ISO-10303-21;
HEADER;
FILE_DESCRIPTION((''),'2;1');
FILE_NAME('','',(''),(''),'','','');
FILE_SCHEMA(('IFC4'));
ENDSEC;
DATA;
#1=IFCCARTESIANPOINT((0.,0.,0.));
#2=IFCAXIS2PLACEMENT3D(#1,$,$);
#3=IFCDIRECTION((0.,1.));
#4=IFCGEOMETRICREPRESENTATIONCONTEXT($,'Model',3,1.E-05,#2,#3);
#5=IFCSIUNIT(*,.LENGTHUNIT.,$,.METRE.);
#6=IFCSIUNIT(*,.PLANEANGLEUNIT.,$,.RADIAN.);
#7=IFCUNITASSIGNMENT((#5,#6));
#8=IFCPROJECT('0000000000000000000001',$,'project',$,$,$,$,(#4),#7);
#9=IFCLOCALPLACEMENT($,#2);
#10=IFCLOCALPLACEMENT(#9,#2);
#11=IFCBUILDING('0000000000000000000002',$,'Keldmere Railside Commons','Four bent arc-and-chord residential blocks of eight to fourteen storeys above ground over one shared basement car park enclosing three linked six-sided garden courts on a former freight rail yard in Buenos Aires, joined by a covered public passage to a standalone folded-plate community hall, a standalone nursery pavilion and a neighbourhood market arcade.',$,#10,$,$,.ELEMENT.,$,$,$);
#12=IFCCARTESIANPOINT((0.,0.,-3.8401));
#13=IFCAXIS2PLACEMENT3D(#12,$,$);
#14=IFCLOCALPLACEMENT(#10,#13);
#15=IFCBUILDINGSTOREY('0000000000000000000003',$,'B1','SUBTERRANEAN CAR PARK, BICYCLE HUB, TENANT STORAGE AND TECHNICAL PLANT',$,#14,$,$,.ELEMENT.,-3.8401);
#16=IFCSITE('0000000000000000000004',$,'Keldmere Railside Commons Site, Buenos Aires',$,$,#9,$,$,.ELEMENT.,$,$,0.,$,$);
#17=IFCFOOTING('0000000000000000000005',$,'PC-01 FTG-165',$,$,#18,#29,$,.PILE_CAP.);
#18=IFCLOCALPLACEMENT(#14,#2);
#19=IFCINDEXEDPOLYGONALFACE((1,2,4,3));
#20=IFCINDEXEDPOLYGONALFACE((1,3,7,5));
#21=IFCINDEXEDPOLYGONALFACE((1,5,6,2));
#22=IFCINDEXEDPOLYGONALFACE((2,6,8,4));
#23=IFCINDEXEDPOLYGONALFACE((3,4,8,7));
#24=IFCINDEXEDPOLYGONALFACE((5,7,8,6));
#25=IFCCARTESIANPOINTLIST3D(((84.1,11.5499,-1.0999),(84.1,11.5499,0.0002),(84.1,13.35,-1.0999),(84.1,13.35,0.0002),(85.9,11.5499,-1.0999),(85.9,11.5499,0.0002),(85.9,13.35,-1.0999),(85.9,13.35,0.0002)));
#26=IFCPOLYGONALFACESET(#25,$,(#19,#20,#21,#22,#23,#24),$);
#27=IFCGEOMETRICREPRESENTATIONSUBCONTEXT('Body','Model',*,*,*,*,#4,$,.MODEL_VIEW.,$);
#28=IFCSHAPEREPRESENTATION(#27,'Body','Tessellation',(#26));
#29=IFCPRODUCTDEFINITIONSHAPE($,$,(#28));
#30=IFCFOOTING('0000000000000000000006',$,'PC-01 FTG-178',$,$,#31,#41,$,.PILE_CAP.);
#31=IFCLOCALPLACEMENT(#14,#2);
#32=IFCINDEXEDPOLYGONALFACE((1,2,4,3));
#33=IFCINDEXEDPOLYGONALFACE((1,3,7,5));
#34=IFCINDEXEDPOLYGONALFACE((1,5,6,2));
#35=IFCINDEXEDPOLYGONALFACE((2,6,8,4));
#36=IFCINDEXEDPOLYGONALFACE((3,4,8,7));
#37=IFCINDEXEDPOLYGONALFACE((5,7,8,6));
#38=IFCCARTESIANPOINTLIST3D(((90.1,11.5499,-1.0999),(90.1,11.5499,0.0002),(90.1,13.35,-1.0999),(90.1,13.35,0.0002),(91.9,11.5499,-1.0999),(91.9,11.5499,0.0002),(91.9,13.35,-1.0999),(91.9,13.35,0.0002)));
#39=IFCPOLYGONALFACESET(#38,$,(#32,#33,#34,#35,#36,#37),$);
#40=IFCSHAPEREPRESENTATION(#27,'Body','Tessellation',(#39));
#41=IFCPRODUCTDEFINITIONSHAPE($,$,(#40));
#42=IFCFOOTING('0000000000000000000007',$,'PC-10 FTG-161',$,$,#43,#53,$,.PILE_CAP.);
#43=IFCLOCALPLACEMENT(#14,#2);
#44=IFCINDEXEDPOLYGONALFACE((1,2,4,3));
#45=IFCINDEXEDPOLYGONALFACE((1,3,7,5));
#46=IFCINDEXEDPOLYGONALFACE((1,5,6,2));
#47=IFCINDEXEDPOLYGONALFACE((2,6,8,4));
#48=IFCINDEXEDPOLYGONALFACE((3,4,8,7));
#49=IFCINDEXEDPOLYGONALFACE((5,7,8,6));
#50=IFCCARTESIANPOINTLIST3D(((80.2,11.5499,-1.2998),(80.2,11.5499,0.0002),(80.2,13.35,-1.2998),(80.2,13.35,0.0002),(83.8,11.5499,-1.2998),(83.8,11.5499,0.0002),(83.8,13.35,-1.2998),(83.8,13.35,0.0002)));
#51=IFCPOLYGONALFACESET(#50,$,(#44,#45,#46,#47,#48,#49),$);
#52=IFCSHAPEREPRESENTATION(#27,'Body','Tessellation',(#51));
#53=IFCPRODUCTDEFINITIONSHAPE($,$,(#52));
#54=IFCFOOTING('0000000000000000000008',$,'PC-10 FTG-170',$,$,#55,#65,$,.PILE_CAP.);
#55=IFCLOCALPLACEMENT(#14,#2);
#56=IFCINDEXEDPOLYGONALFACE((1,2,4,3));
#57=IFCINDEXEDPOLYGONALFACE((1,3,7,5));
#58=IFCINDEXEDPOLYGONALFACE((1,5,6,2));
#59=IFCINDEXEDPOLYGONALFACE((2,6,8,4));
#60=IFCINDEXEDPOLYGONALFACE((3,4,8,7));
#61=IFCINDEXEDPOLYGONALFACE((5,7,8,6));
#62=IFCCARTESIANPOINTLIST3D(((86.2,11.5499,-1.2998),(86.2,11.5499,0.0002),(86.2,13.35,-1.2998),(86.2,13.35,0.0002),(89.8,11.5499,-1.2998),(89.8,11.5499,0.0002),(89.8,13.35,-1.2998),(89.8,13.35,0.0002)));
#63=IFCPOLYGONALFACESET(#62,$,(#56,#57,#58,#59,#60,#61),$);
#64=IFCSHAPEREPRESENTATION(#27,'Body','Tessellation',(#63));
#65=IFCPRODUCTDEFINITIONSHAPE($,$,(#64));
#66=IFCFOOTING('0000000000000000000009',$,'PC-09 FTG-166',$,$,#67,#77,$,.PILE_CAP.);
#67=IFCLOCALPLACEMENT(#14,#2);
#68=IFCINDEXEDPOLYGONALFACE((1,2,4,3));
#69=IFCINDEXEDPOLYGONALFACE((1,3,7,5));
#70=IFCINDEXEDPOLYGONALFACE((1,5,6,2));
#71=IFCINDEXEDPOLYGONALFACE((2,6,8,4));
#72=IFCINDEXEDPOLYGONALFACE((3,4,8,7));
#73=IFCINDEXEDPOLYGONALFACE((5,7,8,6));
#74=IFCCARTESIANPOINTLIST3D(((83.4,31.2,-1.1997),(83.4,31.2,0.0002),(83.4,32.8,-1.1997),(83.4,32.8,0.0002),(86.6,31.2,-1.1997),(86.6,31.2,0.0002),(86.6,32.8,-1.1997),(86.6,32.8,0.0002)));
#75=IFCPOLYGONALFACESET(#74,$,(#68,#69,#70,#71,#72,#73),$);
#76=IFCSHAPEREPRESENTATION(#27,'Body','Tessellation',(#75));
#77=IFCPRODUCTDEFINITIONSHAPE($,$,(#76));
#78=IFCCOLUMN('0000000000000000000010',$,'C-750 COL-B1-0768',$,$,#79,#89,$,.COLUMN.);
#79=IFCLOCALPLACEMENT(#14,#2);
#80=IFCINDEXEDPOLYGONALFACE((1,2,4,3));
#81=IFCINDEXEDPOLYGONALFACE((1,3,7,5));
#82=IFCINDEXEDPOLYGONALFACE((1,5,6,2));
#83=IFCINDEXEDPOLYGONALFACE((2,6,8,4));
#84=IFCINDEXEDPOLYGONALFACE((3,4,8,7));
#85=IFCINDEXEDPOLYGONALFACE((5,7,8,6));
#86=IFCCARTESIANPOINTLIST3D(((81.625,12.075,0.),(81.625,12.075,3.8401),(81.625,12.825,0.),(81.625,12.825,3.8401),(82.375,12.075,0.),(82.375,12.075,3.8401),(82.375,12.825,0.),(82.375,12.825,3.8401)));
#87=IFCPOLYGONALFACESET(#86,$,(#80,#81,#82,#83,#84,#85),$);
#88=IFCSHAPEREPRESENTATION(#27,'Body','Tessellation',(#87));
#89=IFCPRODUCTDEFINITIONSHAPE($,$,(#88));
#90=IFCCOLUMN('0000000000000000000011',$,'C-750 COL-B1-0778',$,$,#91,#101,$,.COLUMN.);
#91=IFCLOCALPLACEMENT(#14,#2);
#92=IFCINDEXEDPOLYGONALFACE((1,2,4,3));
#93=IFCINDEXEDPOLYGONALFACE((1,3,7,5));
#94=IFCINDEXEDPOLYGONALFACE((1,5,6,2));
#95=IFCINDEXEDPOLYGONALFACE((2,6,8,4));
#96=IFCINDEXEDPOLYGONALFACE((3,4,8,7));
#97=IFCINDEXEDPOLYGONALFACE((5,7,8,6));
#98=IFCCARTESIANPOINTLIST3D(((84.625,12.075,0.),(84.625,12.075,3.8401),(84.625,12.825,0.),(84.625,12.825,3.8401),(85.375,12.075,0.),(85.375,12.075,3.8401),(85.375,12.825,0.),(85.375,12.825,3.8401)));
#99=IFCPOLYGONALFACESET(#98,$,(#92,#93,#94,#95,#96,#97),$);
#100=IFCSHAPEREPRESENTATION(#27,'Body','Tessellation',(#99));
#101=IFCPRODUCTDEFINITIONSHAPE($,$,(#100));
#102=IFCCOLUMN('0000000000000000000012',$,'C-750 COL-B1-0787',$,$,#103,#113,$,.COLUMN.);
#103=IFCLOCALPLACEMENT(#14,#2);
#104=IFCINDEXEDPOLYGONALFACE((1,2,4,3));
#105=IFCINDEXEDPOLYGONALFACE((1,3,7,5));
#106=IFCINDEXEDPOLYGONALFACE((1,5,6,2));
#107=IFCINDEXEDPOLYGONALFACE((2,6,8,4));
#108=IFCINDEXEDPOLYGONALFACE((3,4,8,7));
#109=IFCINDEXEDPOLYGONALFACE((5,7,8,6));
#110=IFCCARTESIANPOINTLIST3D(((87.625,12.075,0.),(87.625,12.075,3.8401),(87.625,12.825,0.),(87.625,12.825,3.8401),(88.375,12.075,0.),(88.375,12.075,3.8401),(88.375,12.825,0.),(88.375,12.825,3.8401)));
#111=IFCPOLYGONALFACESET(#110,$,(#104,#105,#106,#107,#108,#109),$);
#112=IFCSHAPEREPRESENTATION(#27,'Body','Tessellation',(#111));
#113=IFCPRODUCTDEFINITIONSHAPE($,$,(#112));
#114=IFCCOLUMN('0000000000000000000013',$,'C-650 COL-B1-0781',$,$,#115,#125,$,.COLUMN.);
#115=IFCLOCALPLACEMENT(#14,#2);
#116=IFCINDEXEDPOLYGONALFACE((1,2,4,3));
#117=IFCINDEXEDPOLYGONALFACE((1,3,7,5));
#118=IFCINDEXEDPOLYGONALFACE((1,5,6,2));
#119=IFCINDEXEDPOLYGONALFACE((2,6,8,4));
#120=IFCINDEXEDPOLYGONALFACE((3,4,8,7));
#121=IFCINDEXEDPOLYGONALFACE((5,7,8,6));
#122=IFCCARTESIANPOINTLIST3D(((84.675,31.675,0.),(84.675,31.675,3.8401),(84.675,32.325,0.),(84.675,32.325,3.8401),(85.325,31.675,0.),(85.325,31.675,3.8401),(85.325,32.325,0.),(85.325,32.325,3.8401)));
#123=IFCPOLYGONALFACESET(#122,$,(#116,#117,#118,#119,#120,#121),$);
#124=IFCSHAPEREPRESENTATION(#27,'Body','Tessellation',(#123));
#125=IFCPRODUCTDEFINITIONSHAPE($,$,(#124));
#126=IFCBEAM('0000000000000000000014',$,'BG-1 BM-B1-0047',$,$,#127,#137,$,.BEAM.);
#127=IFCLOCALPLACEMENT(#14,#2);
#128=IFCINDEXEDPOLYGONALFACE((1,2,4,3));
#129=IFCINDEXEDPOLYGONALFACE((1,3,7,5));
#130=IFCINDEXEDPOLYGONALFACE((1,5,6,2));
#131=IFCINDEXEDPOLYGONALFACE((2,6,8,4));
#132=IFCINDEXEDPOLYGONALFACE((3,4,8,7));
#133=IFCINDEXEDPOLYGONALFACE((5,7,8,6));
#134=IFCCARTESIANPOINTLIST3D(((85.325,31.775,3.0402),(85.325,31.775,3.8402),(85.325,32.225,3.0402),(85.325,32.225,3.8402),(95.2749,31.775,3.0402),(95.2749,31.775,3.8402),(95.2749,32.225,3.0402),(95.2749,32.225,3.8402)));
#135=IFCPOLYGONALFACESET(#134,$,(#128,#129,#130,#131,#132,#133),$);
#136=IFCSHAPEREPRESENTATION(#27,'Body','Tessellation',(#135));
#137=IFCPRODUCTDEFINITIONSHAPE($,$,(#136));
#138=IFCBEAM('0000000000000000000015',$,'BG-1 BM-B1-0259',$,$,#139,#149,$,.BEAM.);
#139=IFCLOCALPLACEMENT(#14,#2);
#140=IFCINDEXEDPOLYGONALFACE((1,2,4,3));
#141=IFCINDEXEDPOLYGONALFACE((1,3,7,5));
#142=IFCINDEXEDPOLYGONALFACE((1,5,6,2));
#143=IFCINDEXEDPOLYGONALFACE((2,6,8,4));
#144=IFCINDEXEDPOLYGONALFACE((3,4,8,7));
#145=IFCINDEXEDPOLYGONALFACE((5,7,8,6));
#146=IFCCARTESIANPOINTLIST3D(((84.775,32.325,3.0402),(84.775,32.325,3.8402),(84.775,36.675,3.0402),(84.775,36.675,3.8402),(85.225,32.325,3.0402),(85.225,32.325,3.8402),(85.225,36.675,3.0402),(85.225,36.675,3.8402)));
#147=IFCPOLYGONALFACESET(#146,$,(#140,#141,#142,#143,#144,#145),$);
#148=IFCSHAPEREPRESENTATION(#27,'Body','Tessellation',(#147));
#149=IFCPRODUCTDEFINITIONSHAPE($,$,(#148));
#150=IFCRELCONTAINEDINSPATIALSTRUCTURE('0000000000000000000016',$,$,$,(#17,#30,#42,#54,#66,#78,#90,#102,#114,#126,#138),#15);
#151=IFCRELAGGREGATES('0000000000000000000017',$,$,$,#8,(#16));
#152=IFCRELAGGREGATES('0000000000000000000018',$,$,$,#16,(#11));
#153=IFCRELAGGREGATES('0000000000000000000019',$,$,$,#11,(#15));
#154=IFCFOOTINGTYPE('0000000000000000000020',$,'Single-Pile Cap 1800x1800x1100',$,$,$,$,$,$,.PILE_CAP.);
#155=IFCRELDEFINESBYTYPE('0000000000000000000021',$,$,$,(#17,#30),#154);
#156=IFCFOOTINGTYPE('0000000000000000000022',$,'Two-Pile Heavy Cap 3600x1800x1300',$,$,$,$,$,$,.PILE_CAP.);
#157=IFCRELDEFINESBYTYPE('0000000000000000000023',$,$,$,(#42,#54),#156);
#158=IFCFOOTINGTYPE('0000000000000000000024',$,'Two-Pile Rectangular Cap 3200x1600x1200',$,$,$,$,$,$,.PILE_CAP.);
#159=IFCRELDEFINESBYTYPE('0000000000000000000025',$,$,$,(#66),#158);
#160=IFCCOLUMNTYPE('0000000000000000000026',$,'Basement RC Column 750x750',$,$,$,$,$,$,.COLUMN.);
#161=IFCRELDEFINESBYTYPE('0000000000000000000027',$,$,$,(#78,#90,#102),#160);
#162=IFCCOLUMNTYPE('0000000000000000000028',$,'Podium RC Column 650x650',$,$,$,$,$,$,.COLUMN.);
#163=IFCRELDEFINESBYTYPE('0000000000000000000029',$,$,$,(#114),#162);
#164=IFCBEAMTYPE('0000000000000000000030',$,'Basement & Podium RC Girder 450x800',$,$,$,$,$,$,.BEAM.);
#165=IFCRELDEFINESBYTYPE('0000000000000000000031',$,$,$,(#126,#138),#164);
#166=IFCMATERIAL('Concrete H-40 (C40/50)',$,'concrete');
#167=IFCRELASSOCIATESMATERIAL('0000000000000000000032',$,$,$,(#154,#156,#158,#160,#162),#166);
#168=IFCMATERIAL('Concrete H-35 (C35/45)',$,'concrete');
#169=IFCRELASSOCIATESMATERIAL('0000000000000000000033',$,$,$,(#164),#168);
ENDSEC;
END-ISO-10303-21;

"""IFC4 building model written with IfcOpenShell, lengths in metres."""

from ifc_helpers import new_model, si_unit, direction, frame, origin, origin_2d, place, context, subcontext, project, spatial, rectangle, extrude, material, material_profile, profile_set, type_object, element, save


model = new_model("IFC4")

# Units and contexts
model_context = context("Model", 3, precision=1e-05, world=origin(), true_north=direction((0.0, 1.0)))
body_context = subcontext(model_context, "Body", "Model", "MODEL_VIEW")
ifc_project = project(units=[si_unit("LENGTHUNIT", "METRE"), si_unit("PLANEANGLEUNIT", "RADIAN")], contexts=[model_context])

# Site, building, storey
site_placement = place(None, origin())
site = spatial("IfcSite", under=ifc_project, at=site_placement, Name="Keldmere Railside Commons Site, Buenos Aires", CompositionType="ELEMENT", RefElevation=0.0)
building_placement = place(site_placement, origin())
building = spatial("IfcBuilding", under=site, at=building_placement, Name="Keldmere Railside Commons", Description="Four bent arc-and-chord residential blocks of eight to fourteen storeys above ground over one shared basement car park enclosing three linked six-sided garden courts on a former freight rail yard in Buenos Aires, joined by a covered public passage to a standalone folded-plate community hall, a standalone nursery pavilion and a neighbourhood market arcade.", CompositionType="ELEMENT")
storey_placement = place(building_placement, frame((0.0, 0.0, -3.8401)))
storey = spatial("IfcBuildingStorey", under=building, at=storey_placement, Name="B1", Description="SUBTERRANEAN CAR PARK, BICYCLE HUB, TENANT STORAGE AND TECHNICAL PLANT", CompositionType="ELEMENT", Elevation=-3.8401)

# Footings
ifc_material_1 = material(Name="Concrete H-40 (C40/50)", Category="concrete")
footing_type_1 = type_object("IfcFootingType", Name="Single-Pile Cap 1800x1800x1100", PredefinedType="PILE_CAP", material=ifc_material_1)
for number, where, z_axis, x_axis, name in (
    (1, (85.0, 12.45, -1.0999), (0.0, 0.0, 1.0), (1.0, 0.0, 0.0), "PC-01 FTG-165"),
    (2, (91.0, 12.45, -1.0999), (0.0, 0.0, 1.0), (1.0, 0.0, 0.0), "PC-01 FTG-178"),
):
    element("IfcFooting", number, at=place(storey_placement, frame(where, z_axis=z_axis, x_axis=x_axis)), inside=storey, type_object=footing_type_1, Name=name, PredefinedType="PILE_CAP", context=body_context, shape_type="SweptSolid", body=[
        extrude(rectangle(XDim=1.8, YDim=1.8, at=origin_2d()), origin(), (0.0, 0.0, 1.0), 1.1001),
    ])
footing_type_2 = type_object("IfcFootingType", Name="Two-Pile Heavy Cap 3600x1800x1300", PredefinedType="PILE_CAP", material=ifc_material_1)
for number, where, z_axis, x_axis, name in (
    (3, (82.0, 12.45, -1.2998), (0.0, 0.0, 1.0), (1.0, 0.0, 0.0), "PC-10 FTG-161"),
    (4, (88.0, 12.45, -1.2998), (0.0, 0.0, 1.0), (1.0, 0.0, 0.0), "PC-10 FTG-170"),
):
    element("IfcFooting", number, at=place(storey_placement, frame(where, z_axis=z_axis, x_axis=x_axis)), inside=storey, type_object=footing_type_2, Name=name, PredefinedType="PILE_CAP", context=body_context, shape_type="SweptSolid", body=[
        extrude(rectangle(XDim=3.6001, YDim=1.8, at=origin_2d()), origin(), (0.0, 0.0, 1.0), 1.3),
    ])
footing_type_3 = type_object("IfcFootingType", Name="Two-Pile Rectangular Cap 3200x1600x1200", PredefinedType="PILE_CAP", material=ifc_material_1)
footing_1_placement = place(storey_placement, frame((85.0, 32.0, -1.1997), z_axis=(0.0, 0.0, 1.0), x_axis=(1.0, 0.0, 0.0)))
element("IfcFooting", 5, at=footing_1_placement, inside=storey, type_object=footing_type_3, Name="PC-09 FTG-166", PredefinedType="PILE_CAP", context=body_context, shape_type="SweptSolid", body=[
    extrude(rectangle(XDim=3.2, YDim=1.6001, at=origin_2d()), origin(), (0.0, 0.0, 1.0), 1.2),
])

# Columns
ifc_material_profile_1 = material_profile(ifc_material_1, rectangle(XDim=0.75, YDim=0.75, at=origin_2d()), Name="RC-750x750")
ifc_profile_set_1 = profile_set([ifc_material_profile_1], Name="Concrete H-40 (C40/50)")
column_type_1 = type_object("IfcColumnType", Name="Basement RC Column 750x750", PredefinedType="COLUMN", material=ifc_profile_set_1)
for number, where, z_axis, x_axis, name in (
    (6, (82.0, 12.45, 0.0), (0.0, 0.0, 1.0), (1.0, 0.0, 0.0), "C-750 COL-B1-0768"),
    (7, (85.0, 12.45, 0.0), (0.0, 0.0, 1.0), (1.0, 0.0, 0.0), "C-750 COL-B1-0778"),
    (8, (88.0, 12.45, 0.0), (0.0, 0.0, 1.0), (1.0, 0.0, 0.0), "C-750 COL-B1-0787"),
):
    element("IfcColumn", number, at=place(storey_placement, frame(where, z_axis=z_axis, x_axis=x_axis)), inside=storey, type_object=column_type_1, Name=name, PredefinedType="COLUMN", context=body_context, shape_type="SweptSolid", body=[
        extrude(rectangle(XDim=0.75, YDim=0.75, at=origin_2d()), origin(), (0.0, 0.0, 1.0), 3.8401),
    ])
ifc_material_profile_2 = material_profile(ifc_material_1, rectangle(XDim=0.6499, YDim=0.6499, at=origin_2d()), Name="RC-650x650")
ifc_profile_set_2 = profile_set([ifc_material_profile_2], Name="Concrete H-40 (C40/50)")
column_type_2 = type_object("IfcColumnType", Name="Podium RC Column 650x650", PredefinedType="COLUMN", material=ifc_profile_set_2)
column_placement = place(storey_placement, frame((85.0, 32.0, 0.0), z_axis=(0.0, 0.0, 1.0), x_axis=(1.0, 0.0, 0.0)))
element("IfcColumn", 9, at=column_placement, inside=storey, type_object=column_type_2, Name="C-650 COL-B1-0781", PredefinedType="COLUMN", context=body_context, shape_type="SweptSolid", body=[
    extrude(rectangle(XDim=0.6499, YDim=0.6499, at=origin_2d()), origin(), (0.0, 0.0, 1.0), 3.8401),
])

# Beams
ifc_material_2 = material(Name="Concrete H-35 (C35/45)", Category="concrete")
ifc_material_profile_3 = material_profile(ifc_material_2, rectangle(XDim=0.45, YDim=0.8, at=origin_2d()), Name="RC-450x800")
ifc_profile_set_3 = profile_set([ifc_material_profile_3], Name="Concrete H-35 (C35/45)")
beam_type = type_object("IfcBeamType", Name="Basement & Podium RC Girder 450x800", PredefinedType="BEAM", material=ifc_profile_set_3)
beam_1_placement = place(storey_placement, frame((85.325, 32.0, 3.4402), z_axis=(1.0, 0.0, 0.0), x_axis=(0.0, 1.0, 0.0)))
element("IfcBeam", 10, at=beam_1_placement, inside=storey, type_object=beam_type, Name="BG-1 BM-B1-0047", PredefinedType="BEAM", context=body_context, shape_type="SweptSolid", body=[
    extrude(rectangle(XDim=0.45, YDim=0.8, at=origin_2d()), origin(), (0.0, 0.0, 1.0), 9.95),
])
beam_2_placement = place(storey_placement, frame((85.0, 32.325, 3.4402), z_axis=(0.0, 1.0, 0.0), x_axis=(-1.0, 0.0, 0.0)))
element("IfcBeam", 11, at=beam_2_placement, inside=storey, type_object=beam_type, Name="BG-1 BM-B1-0259", PredefinedType="BEAM", context=body_context, shape_type="SweptSolid", body=[
    extrude(rectangle(XDim=0.45, YDim=0.8, at=origin_2d()), origin(), (0.0, 0.0, 1.0), 4.3501),
])

save(model, "model.ifc")
